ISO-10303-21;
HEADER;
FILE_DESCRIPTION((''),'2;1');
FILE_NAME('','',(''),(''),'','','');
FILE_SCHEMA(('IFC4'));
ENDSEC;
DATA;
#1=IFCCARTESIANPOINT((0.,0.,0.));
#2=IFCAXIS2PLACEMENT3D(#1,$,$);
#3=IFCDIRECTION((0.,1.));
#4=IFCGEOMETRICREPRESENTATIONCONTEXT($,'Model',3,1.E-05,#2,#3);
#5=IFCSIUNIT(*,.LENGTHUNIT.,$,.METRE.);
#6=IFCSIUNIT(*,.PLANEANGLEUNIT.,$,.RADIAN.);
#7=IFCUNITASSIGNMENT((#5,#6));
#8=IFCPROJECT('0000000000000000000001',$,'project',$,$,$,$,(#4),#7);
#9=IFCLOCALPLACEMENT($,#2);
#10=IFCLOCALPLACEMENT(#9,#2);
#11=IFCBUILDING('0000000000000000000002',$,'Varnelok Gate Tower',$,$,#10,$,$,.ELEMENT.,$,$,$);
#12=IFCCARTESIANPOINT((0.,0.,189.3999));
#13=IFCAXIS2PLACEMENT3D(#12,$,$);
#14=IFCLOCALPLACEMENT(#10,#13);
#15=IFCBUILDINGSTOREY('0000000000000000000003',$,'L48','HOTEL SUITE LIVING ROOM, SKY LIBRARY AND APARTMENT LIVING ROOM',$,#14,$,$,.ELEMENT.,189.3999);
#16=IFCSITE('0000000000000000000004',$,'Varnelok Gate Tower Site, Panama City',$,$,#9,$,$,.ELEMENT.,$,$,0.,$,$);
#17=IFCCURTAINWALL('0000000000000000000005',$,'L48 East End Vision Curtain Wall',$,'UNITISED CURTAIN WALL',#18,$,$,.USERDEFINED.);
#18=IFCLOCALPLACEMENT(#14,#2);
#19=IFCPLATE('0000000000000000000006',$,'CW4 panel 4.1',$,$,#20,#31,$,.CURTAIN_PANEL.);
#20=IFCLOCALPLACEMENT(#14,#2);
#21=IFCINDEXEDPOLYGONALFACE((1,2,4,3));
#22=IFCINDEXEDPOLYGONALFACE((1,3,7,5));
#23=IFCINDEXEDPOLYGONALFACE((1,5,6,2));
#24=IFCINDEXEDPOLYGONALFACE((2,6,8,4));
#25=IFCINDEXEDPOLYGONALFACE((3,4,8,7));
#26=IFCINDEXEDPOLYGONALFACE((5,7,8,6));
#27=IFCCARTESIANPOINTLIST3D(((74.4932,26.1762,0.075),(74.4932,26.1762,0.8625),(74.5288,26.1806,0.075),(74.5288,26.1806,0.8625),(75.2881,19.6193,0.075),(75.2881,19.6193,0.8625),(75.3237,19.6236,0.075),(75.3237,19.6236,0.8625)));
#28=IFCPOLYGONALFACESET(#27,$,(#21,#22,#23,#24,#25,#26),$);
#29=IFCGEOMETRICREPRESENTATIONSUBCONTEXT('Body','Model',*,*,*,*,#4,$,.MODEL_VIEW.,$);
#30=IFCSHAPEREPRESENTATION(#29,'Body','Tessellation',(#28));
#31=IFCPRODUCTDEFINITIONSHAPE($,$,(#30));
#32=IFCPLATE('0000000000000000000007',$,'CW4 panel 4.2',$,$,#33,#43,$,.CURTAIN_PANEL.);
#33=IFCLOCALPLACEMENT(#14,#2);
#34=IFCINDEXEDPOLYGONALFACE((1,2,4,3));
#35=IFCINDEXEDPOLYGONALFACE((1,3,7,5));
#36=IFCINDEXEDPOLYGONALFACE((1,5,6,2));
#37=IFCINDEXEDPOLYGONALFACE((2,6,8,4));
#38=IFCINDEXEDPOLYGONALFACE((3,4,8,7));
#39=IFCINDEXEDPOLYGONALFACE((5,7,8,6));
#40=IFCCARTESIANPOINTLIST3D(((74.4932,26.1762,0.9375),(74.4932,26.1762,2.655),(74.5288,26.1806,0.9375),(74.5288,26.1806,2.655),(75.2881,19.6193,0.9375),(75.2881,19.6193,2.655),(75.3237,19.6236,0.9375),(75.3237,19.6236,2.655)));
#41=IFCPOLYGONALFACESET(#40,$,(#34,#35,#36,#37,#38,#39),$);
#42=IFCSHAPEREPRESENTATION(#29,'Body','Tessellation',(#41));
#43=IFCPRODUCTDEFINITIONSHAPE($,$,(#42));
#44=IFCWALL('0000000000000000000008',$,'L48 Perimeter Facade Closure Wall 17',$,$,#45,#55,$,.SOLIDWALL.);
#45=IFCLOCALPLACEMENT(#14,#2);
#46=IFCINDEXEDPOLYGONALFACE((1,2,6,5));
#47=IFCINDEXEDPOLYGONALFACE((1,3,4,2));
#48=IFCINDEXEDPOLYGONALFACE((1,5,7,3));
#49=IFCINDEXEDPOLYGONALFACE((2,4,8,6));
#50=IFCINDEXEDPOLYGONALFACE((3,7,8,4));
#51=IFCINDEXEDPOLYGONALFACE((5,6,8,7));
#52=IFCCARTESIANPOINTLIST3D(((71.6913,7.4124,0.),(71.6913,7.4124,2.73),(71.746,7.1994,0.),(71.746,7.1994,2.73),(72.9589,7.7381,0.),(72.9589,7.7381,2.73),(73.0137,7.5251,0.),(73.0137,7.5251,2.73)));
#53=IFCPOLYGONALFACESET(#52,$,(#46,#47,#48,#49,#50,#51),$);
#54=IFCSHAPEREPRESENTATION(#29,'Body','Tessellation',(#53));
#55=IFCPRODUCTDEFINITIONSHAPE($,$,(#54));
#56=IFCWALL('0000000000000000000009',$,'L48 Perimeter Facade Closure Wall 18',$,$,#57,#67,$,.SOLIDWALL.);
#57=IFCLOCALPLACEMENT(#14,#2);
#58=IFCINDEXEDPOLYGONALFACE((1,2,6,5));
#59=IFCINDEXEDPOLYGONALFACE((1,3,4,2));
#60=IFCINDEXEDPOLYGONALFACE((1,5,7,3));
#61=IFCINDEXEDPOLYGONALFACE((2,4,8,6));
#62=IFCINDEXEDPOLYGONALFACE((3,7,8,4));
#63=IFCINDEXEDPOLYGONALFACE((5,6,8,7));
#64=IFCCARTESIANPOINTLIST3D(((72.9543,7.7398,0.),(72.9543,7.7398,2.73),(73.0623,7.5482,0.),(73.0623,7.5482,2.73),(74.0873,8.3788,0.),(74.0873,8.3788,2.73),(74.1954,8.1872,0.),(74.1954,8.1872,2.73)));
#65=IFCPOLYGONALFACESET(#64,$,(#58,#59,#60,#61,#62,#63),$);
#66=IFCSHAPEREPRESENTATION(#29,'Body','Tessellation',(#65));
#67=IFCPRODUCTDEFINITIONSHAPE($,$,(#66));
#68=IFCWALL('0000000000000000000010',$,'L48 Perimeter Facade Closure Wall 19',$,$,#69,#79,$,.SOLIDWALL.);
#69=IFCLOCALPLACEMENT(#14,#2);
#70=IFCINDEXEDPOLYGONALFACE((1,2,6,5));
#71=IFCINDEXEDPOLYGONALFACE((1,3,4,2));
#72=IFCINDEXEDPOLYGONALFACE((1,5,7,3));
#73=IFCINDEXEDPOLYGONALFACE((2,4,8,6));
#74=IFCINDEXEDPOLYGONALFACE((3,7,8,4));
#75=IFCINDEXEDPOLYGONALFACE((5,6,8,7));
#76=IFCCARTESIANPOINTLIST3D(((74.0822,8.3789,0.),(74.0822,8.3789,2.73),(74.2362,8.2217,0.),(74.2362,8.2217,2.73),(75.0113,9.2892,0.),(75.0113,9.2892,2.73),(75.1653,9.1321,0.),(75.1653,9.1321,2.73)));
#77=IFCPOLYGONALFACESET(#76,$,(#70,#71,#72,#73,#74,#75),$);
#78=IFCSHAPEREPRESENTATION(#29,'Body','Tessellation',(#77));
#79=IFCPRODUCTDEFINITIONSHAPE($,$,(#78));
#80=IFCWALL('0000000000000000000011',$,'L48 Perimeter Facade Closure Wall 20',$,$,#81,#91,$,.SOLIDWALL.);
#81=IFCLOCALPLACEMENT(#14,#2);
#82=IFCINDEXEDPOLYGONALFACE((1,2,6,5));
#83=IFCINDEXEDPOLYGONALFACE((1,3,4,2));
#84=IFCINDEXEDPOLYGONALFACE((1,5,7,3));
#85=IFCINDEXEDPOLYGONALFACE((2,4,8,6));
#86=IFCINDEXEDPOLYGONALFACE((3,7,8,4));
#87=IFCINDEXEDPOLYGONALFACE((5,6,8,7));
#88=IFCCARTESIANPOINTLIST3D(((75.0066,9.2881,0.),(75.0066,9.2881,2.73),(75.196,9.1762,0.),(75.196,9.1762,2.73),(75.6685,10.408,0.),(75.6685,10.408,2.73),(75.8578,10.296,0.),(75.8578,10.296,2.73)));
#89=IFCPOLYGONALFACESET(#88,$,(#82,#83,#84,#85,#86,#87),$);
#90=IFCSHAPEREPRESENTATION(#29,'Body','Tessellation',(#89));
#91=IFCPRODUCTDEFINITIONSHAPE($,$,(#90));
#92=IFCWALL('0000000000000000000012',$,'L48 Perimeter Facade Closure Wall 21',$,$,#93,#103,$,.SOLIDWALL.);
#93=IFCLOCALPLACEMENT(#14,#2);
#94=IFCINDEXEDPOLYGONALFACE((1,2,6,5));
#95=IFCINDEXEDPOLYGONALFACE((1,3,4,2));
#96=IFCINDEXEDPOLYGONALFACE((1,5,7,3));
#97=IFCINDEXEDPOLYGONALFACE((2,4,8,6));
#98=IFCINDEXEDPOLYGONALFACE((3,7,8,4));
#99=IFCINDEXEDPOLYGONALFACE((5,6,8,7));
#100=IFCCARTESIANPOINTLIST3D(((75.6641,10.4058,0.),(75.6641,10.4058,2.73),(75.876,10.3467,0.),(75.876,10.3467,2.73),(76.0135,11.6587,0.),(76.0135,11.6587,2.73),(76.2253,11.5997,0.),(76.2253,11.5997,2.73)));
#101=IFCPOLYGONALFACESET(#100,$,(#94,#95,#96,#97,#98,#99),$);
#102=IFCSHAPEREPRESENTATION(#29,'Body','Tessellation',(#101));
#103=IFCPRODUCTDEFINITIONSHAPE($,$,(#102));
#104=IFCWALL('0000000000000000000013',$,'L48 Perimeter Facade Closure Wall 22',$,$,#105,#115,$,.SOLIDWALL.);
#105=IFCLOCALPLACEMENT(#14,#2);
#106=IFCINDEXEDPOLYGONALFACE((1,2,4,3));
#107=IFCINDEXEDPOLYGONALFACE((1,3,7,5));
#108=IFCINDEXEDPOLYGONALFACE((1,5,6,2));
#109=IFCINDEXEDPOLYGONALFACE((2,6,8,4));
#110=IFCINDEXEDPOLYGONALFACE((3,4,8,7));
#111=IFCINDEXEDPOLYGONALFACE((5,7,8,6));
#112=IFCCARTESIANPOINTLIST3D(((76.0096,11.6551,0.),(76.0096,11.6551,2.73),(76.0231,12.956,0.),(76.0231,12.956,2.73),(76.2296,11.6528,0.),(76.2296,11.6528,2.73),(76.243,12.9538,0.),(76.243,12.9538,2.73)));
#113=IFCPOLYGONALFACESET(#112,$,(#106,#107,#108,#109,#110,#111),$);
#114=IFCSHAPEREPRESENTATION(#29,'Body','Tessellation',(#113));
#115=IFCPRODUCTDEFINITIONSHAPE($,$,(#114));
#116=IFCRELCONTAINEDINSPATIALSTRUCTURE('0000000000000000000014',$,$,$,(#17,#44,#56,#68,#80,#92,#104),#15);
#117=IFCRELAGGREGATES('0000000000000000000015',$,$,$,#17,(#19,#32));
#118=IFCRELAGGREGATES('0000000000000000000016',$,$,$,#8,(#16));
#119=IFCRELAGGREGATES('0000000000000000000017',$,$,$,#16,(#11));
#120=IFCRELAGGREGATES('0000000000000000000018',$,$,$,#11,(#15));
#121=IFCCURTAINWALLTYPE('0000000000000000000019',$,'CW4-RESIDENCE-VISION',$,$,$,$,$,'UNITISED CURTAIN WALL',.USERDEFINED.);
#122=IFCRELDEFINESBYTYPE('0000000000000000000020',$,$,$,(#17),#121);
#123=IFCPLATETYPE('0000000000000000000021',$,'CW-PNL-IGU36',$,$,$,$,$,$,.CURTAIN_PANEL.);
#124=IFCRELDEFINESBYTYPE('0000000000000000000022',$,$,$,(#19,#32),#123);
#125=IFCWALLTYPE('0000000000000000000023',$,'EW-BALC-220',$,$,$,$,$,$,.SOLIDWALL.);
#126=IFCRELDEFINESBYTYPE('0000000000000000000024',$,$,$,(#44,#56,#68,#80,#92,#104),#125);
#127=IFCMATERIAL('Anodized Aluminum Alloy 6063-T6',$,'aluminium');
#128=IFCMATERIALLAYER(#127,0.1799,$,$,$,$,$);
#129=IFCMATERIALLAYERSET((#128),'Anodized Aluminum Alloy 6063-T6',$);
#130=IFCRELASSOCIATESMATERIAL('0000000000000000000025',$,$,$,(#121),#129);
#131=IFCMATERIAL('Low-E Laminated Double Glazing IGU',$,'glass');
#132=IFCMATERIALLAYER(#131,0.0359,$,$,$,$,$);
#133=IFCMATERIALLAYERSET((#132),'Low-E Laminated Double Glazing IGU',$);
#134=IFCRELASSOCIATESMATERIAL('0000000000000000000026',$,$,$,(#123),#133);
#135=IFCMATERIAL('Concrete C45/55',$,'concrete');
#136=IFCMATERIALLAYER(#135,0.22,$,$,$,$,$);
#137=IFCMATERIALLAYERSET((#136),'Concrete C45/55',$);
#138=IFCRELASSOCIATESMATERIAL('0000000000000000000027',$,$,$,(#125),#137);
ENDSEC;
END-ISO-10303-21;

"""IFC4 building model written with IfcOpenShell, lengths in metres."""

from ifc_helpers import new_model, si_unit, direction, frame, frame_2d, origin, origin_2d, place, context, subcontext, project, spatial, rectangle, extrude, source, transform, mapped, material, layer, layer_set, type_object, element, aggregate, save


model = new_model("IFC4")

# Units and contexts
model_context = context("Model", 3, precision=1e-05, world=origin(), true_north=direction((0.0, 1.0)))
body_context = subcontext(model_context, "Body", "Model", "MODEL_VIEW")
ifc_project = project(units=[si_unit("LENGTHUNIT", "METRE"), si_unit("PLANEANGLEUNIT", "RADIAN")], contexts=[model_context])

# Site, building, storey
site_placement = place(None, origin())
site = spatial("IfcSite", under=ifc_project, at=site_placement, Name="Varnelok Gate Tower Site, Panama City", CompositionType="ELEMENT", RefElevation=0.0)
building_placement = place(site_placement, origin())
building = spatial("IfcBuilding", under=site, at=building_placement, Name="Varnelok Gate Tower", CompositionType="ELEMENT")
storey_placement = place(building_placement, frame((0.0, 0.0, 189.3999)))
storey = spatial("IfcBuildingStorey", under=building, at=storey_placement, Name="L48", Description="HOTEL SUITE LIVING ROOM, SKY LIBRARY AND APARTMENT LIVING ROOM", CompositionType="ELEMENT", Elevation=189.3999)

# Curtain wall, plates
ifc_material_1 = material(Name="Anodized Aluminum Alloy 6063-T6", Category="aluminium")
ifc_layer_1 = layer(ifc_material_1, 0.1799)
ifc_layer_set_1 = layer_set([ifc_layer_1], Name="Anodized Aluminum Alloy 6063-T6")
curtain_wall_type = type_object("IfcCurtainWallType", Name="CW4-RESIDENCE-VISION", ElementType="UNITISED CURTAIN WALL", PredefinedType="USERDEFINED", material=ifc_layer_set_1)
curtain_wall_placement = place(storey_placement, origin())
curtain_wall = element("IfcCurtainWall", 1, at=curtain_wall_placement, inside=storey, type_object=curtain_wall_type, Name="L48 East End Vision Curtain Wall", ObjectType="UNITISED CURTAIN WALL", PredefinedType="USERDEFINED")
ifc_material_2 = material(Name="Low-E Laminated Double Glazing IGU", Category="glass")
ifc_layer_2 = layer(ifc_material_2, 0.0359)
ifc_layer_set_2 = layer_set([ifc_layer_2], Name="Low-E Laminated Double Glazing IGU")
plate_type = type_object("IfcPlateType", Name="CW-PNL-IGU36", PredefinedType="CURTAIN_PANEL", material=ifc_layer_set_2)
shared_shape_1 = source(origin(), body_context, "Body", "SweptSolid", [
    extrude(rectangle(XDim=6.605, YDim=0.0359, at=origin_2d()), origin(), (0.0, 0.0, 1.0), 0.7876),
])
plate_1_placement = place(storey_placement, frame((74.9084, 22.8999, 0.075), z_axis=(0.0, 0.0, 1.0), x_axis=(0.120345, -0.992732, 0.0)))
plate_1 = element("IfcPlate", 2, at=plate_1_placement, type_object=plate_type, Name="CW4 panel 4.1", PredefinedType="CURTAIN_PANEL", context=body_context, shape_type="MappedRepresentation", body=[
    mapped(shared_shape_1, transform((0.0, 0.0, 0.0), scale=1.0)),
])
shared_shape_2 = source(origin(), body_context, "Body", "SweptSolid", [
    extrude(rectangle(XDim=6.605, YDim=0.0359, at=origin_2d()), origin(), (0.0, 0.0, 1.0), 1.7175),
])
plate_2_placement = place(storey_placement, frame((74.9084, 22.8999, 0.9375), z_axis=(0.0, 0.0, 1.0), x_axis=(0.120345, -0.992732, 0.0)))
plate_2 = element("IfcPlate", 3, at=plate_2_placement, type_object=plate_type, Name="CW4 panel 4.2", PredefinedType="CURTAIN_PANEL", context=body_context, shape_type="MappedRepresentation", body=[
    mapped(shared_shape_2, transform((0.0, 0.0, 0.0), scale=1.0)),
])
aggregate(curtain_wall, [plate_1, plate_2])

# Walls
ifc_material_3 = material(Name="Concrete C45/55", Category="concrete")
ifc_layer_3 = layer(ifc_material_3, 0.22)
ifc_layer_set_3 = layer_set([ifc_layer_3], Name="Concrete C45/55")
wall_type = type_object("IfcWallType", Name="EW-BALC-220", PredefinedType="SOLIDWALL", material=ifc_layer_set_3)
wall_1_placement = place(storey_placement, frame((71.7188, 7.3059, 0.0), z_axis=(0.0, 0.0, 1.0), x_axis=(0.968542, 0.248851, 0.0)))
element("IfcWall", 4, at=wall_1_placement, inside=storey, type_object=wall_type, Name="L48 Perimeter Facade Closure Wall 17", PredefinedType="SOLIDWALL", context=body_context, shape_type="SweptSolid", body=[
    extrude(rectangle(XDim=1.3088, YDim=0.22, at=frame_2d((0.6543, 0.0))), origin(), (0.0, 0.0, 1.0), 2.73),
])
for number, where, z_axis, x_axis, name in (
    (5, (73.0083, 7.644, 0.0), (0.0, 0.0, 1.0), (0.871059, 0.491179, 0.0), "L48 Perimeter Facade Closure Wall 18"),
    (6, (74.1592, 8.3003, 0.0), (0.0, 0.0, 1.0), (0.714295, 0.699844, 0.0), "L48 Perimeter Facade Closure Wall 19"),
    (7, (75.1013, 9.2322, 0.0), (0.0, 0.0, 1.0), (0.508799, 0.860885, 0.0), "L48 Perimeter Facade Closure Wall 20"),
    (8, (75.77, 10.3762, 0.0), (0.0, 0.0, 1.0), (0.268592, 0.963254, 0.0), "L48 Perimeter Facade Closure Wall 21"),
):
    element("IfcWall", number, at=place(storey_placement, frame(where, z_axis=z_axis, x_axis=x_axis)), inside=storey, type_object=wall_type, Name=name, PredefinedType="SOLIDWALL", context=body_context, shape_type="SweptSolid", body=[
        extrude(rectangle(XDim=1.3008, YDim=0.22, at=frame_2d((0.6504, 0.0))), origin(), (0.0, 0.0, 1.0), 2.73),
    ])
wall_2_placement = place(storey_placement, frame((76.1196, 11.6541, 0.0), z_axis=(0.0, 0.0, 1.0), x_axis=(0.01032, 0.999947, 0.0)))
element("IfcWall", 9, at=wall_2_placement, inside=storey, type_object=wall_type, Name="L48 Perimeter Facade Closure Wall 22", PredefinedType="SOLIDWALL", context=body_context, shape_type="SweptSolid", body=[
    extrude(rectangle(XDim=1.301, YDim=0.22, at=frame_2d((0.6504, 0.0))), origin(), (0.0, 0.0, 1.0), 2.73),
])

save(model, "model.ifc")
